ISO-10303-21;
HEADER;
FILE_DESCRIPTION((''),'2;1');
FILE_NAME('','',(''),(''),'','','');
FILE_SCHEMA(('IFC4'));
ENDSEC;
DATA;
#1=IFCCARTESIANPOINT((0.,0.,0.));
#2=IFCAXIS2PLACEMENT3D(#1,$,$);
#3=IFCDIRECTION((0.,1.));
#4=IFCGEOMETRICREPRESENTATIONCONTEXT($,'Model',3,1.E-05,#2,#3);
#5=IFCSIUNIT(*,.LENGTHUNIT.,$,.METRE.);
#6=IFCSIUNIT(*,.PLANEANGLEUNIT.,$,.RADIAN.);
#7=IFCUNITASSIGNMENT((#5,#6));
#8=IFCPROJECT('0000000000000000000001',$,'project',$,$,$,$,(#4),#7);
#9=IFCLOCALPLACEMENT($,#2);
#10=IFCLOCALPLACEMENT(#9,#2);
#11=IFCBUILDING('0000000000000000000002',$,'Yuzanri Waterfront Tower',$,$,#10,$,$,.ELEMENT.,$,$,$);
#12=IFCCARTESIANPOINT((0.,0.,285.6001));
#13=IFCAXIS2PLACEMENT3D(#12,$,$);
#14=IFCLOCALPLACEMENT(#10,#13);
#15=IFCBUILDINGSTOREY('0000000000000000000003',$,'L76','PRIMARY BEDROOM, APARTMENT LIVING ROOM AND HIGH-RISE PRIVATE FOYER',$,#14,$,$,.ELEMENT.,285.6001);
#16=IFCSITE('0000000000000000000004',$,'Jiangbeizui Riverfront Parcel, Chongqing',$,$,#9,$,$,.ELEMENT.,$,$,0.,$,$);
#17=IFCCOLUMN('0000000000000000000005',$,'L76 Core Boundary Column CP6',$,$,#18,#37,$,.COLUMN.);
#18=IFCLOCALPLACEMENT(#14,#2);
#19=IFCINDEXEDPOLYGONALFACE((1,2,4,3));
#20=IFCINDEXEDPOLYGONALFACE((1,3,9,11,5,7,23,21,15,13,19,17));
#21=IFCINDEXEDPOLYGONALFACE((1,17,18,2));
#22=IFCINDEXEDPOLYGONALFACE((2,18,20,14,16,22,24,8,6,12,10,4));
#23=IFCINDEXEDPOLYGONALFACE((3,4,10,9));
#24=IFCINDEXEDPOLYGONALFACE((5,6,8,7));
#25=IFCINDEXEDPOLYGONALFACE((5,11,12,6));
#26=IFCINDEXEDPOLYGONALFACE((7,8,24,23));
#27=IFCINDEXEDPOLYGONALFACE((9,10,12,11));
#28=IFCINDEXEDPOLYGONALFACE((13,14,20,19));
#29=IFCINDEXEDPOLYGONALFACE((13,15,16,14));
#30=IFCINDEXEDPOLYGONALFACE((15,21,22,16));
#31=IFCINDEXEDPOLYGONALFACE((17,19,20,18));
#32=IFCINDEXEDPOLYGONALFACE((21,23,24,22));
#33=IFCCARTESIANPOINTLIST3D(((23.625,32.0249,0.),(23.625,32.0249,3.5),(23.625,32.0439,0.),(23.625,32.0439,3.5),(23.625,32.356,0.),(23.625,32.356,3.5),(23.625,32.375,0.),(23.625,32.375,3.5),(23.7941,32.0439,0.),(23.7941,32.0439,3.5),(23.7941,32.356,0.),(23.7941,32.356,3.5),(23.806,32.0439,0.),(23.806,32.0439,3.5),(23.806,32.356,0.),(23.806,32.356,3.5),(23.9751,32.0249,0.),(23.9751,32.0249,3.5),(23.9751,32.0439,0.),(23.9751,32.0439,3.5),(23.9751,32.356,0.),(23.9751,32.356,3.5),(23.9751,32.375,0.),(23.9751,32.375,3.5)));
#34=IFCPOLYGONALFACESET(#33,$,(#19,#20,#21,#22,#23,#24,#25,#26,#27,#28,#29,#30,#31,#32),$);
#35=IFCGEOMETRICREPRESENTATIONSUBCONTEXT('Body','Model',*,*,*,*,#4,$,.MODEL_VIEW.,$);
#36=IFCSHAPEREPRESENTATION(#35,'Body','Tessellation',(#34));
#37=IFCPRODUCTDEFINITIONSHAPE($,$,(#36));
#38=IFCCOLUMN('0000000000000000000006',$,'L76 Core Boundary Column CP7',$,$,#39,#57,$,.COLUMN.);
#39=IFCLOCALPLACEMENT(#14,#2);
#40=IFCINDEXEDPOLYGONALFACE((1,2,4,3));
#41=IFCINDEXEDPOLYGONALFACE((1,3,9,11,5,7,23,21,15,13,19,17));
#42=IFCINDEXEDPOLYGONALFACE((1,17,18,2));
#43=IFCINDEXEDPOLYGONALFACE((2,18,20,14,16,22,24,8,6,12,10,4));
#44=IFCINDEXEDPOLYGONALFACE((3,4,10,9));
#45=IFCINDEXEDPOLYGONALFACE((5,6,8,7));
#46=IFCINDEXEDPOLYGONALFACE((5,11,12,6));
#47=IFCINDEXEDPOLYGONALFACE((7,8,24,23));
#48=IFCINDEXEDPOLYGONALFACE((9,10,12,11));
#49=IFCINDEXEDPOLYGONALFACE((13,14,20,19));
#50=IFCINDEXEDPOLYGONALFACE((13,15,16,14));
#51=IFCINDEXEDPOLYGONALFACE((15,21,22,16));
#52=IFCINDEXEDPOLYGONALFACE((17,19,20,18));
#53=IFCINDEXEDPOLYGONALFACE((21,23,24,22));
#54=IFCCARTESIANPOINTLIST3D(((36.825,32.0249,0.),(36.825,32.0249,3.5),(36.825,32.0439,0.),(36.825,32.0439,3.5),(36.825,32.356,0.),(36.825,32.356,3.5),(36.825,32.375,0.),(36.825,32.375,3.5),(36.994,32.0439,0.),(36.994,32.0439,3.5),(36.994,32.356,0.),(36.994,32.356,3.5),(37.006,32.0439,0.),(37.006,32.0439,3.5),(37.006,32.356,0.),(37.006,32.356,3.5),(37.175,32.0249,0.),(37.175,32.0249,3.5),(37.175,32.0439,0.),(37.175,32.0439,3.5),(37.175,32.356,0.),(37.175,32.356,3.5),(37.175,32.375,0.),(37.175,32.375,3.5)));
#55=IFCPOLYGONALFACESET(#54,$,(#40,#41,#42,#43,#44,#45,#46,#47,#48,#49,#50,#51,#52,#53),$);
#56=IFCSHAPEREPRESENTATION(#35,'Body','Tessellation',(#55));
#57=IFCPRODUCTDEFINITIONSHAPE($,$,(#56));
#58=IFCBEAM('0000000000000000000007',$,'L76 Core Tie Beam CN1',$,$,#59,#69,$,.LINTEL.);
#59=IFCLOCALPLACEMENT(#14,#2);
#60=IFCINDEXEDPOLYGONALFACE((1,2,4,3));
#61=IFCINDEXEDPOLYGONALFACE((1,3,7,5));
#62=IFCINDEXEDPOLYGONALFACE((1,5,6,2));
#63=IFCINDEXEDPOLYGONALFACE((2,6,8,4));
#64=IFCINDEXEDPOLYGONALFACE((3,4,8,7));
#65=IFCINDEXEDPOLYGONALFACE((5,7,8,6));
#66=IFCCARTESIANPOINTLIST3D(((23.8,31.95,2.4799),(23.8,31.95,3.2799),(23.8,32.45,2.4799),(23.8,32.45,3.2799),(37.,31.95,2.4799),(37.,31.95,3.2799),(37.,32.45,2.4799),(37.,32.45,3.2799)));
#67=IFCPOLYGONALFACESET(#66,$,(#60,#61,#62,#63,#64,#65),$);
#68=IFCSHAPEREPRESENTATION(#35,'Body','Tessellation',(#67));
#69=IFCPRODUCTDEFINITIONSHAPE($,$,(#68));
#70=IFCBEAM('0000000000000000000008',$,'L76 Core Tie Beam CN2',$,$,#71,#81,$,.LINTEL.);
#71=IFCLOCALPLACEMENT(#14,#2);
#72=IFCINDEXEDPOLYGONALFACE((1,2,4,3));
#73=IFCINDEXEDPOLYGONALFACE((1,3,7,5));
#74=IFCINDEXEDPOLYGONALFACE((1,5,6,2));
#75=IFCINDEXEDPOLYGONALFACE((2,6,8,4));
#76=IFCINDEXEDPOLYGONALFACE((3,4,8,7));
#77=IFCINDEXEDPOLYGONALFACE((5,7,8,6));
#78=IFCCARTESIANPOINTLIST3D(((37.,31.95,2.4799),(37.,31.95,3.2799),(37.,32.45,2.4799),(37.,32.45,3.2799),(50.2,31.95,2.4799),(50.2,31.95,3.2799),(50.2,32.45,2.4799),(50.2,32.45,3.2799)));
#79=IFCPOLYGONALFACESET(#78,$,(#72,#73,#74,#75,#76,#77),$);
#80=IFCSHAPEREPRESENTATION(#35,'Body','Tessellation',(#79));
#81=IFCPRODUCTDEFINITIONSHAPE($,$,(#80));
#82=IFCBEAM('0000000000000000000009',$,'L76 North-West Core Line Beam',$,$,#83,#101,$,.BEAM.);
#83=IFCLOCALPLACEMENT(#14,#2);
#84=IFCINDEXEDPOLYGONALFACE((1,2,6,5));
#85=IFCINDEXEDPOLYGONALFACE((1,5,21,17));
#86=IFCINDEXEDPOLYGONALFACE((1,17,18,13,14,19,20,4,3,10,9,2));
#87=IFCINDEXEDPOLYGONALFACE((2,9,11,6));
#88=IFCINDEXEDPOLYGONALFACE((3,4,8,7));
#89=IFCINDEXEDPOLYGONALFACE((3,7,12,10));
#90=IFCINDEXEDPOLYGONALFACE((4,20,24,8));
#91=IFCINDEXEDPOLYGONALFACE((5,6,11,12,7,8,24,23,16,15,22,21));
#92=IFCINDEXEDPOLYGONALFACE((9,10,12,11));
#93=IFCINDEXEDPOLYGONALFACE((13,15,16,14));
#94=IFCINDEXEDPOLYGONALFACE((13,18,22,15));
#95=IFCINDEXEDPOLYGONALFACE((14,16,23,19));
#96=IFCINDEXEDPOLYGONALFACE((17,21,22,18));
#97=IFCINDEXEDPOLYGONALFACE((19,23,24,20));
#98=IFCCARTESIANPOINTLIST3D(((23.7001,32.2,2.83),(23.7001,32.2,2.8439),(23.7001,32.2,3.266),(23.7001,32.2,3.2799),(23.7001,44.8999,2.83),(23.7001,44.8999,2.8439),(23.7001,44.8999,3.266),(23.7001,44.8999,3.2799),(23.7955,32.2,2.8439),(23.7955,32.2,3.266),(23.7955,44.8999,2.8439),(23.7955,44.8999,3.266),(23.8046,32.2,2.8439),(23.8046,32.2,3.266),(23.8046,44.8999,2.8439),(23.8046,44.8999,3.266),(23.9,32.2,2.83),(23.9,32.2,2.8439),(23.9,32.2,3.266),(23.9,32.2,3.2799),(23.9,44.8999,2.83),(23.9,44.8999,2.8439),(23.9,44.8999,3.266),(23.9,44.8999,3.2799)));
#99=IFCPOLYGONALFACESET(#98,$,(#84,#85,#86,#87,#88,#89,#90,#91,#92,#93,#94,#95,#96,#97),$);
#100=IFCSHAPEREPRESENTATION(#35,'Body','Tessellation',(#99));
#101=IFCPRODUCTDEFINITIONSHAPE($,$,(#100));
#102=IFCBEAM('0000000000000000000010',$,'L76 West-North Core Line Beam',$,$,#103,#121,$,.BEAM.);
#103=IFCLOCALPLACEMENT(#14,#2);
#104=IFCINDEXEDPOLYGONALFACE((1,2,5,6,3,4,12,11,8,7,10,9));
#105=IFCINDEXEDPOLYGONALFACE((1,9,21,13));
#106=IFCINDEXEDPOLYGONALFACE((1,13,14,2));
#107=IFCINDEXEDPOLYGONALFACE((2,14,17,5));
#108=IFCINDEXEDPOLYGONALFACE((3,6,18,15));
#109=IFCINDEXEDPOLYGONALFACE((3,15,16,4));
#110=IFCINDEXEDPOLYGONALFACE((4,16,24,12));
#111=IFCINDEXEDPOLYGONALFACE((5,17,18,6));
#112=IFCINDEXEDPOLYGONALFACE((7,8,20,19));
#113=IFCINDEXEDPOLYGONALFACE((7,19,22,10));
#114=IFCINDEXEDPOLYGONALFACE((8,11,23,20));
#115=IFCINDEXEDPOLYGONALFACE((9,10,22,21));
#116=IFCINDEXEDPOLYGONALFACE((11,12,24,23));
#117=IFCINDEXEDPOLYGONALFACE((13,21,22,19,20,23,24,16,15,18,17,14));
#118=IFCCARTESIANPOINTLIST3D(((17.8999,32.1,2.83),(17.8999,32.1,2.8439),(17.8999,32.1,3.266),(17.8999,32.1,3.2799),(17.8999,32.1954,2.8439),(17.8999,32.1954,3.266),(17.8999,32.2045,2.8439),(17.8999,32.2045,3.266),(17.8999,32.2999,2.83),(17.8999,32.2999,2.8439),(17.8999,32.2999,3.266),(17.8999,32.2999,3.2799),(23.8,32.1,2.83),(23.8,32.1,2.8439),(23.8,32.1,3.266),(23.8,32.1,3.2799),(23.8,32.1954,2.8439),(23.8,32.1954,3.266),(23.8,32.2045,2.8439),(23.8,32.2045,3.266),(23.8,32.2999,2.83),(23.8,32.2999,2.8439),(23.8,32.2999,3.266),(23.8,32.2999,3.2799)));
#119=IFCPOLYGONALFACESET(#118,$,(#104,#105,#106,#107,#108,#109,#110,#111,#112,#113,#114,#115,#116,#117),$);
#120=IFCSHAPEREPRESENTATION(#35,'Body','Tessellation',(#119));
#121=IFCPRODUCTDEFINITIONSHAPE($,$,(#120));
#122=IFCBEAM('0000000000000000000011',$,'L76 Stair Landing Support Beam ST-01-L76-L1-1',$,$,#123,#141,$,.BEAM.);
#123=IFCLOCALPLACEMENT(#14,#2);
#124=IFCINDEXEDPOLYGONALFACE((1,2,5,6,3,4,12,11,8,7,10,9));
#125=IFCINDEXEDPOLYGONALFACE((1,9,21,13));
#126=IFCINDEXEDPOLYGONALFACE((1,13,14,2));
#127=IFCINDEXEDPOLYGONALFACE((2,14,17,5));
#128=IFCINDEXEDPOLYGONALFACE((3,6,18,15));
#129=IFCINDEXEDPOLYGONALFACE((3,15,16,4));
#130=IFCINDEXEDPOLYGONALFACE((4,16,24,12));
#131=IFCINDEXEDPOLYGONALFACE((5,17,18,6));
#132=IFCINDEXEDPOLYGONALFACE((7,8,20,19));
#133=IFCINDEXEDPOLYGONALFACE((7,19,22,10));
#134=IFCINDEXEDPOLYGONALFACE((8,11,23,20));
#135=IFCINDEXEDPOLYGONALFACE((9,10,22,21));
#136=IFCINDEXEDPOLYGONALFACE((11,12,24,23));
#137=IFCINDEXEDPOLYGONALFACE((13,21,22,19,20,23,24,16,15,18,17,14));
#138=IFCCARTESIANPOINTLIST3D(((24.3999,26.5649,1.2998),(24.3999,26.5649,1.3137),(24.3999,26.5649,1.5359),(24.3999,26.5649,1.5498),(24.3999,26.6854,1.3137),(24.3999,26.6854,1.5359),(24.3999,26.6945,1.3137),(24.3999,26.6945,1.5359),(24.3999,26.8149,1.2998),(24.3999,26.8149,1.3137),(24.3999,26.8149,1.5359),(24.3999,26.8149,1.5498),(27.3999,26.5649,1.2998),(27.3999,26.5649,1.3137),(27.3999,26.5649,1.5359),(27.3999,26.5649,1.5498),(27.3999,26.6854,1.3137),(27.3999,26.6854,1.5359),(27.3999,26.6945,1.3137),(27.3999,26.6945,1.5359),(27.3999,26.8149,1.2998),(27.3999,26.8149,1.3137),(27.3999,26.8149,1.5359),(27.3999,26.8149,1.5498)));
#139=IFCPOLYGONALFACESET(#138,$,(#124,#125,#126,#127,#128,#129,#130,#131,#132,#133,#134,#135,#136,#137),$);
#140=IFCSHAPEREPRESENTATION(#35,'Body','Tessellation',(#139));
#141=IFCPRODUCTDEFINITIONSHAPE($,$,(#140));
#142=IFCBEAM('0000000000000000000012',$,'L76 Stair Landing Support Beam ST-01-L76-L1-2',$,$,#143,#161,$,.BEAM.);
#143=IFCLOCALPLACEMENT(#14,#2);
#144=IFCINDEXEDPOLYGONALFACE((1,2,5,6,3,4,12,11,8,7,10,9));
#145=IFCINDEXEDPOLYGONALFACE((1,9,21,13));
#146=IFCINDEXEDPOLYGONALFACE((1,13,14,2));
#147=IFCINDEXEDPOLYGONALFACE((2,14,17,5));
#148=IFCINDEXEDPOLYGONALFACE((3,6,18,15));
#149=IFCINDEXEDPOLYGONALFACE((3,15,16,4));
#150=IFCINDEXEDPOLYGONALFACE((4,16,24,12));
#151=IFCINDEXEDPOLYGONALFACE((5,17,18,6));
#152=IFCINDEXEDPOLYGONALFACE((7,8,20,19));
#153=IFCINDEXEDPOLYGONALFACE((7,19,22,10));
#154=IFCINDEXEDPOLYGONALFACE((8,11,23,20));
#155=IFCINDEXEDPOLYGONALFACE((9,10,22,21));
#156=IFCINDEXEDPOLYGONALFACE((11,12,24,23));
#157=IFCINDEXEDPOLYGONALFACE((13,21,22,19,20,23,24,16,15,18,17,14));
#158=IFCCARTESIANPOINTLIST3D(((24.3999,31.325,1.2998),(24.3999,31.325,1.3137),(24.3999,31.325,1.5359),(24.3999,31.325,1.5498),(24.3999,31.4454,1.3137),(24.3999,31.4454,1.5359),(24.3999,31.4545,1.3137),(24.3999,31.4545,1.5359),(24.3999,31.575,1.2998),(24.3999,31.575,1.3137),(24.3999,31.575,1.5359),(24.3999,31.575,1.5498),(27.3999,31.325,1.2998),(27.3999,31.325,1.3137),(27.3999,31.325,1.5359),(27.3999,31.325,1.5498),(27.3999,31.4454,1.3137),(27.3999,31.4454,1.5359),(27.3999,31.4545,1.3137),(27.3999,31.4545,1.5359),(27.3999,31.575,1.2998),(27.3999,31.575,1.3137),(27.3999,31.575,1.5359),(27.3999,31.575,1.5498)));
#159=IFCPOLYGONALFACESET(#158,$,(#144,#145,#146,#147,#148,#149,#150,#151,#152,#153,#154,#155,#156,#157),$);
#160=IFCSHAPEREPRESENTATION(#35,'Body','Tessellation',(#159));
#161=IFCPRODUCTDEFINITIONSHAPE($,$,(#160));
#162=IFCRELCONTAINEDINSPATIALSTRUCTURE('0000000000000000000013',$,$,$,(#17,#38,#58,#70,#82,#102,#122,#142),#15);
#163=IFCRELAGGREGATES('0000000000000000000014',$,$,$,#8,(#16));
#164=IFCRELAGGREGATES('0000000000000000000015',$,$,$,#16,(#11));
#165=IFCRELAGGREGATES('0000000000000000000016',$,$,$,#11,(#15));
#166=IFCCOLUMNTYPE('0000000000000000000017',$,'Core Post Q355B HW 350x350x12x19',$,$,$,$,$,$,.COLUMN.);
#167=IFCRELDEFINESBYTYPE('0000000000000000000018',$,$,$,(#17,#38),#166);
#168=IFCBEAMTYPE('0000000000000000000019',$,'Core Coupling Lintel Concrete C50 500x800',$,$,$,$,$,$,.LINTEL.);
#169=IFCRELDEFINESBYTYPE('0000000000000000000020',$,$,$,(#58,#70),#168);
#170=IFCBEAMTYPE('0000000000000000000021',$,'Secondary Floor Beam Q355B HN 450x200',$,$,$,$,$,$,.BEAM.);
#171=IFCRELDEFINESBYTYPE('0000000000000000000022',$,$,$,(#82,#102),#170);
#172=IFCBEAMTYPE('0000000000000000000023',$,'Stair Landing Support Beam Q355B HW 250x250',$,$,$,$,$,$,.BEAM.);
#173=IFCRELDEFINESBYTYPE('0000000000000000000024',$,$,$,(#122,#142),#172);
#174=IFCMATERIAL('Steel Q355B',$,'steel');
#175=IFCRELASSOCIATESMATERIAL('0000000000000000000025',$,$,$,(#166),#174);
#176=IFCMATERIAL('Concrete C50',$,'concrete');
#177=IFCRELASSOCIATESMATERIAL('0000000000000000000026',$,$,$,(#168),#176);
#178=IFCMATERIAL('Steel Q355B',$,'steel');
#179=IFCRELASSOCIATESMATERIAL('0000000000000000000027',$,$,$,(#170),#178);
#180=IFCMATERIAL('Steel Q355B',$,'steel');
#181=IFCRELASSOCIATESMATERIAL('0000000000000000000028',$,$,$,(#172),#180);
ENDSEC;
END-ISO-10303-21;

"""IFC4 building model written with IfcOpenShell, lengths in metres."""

from ifc_helpers import new_model, si_unit, direction, frame, origin, origin_2d, place, context, subcontext, project, spatial, rectangle, i_section, extrude, source, transform, mapped, material, material_profile, profile_set, type_object, element, save


model = new_model("IFC4")

# Units and contexts
model_context = context("Model", 3, precision=1e-05, world=origin(), true_north=direction((0.0, 1.0)))
body_context = subcontext(model_context, "Body", "Model", "MODEL_VIEW")
ifc_project = project(units=[si_unit("LENGTHUNIT", "METRE"), si_unit("PLANEANGLEUNIT", "RADIAN")], contexts=[model_context])

# Site, building, storey
site_placement = place(None, origin())
site = spatial("IfcSite", under=ifc_project, at=site_placement, Name="Jiangbeizui Riverfront Parcel, Chongqing", CompositionType="ELEMENT", RefElevation=0.0)
building_placement = place(site_placement, origin())
building = spatial("IfcBuilding", under=site, at=building_placement, Name="Yuzanri Waterfront Tower", CompositionType="ELEMENT")
storey_placement = place(building_placement, frame((0.0, 0.0, 285.6001)))
storey = spatial("IfcBuildingStorey", under=building, at=storey_placement, Name="L76", Description="PRIMARY BEDROOM, APARTMENT LIVING ROOM AND HIGH-RISE PRIVATE FOYER", CompositionType="ELEMENT", Elevation=285.6001)

# Columns
ifc_material_1 = material(Name="Steel Q355B", Category="steel")
ifc_material_profile_1 = material_profile(ifc_material_1, i_section(OverallWidth=0.3501, OverallDepth=0.3501, WebThickness=0.012, FlangeThickness=0.019, at=origin_2d()), Name="HW 350x350x12x19")
ifc_profile_set_1 = profile_set([ifc_material_profile_1], Name="Steel Q355B")
column_type = type_object("IfcColumnType", Name="Core Post Q355B HW 350x350x12x19", PredefinedType="COLUMN", material=ifc_profile_set_1)
shared_shape_1 = source(origin(), body_context, "Body", "SweptSolid", [
    extrude(i_section(OverallWidth=0.3501, OverallDepth=0.3501, WebThickness=0.012, FlangeThickness=0.019, at=origin_2d()), origin(), (0.0, 0.0, 1.0), 3.5),
])
for number, where, z_axis, x_axis, name in (
    (1, (23.8, 32.2, 0.0), (0.0, 0.0, 1.0), (1.0, 0.0, 0.0), "L76 Core Boundary Column CP6"),
    (2, (37.0, 32.2, 0.0), (0.0, 0.0, 1.0), (1.0, 0.0, 0.0), "L76 Core Boundary Column CP7"),
):
    element("IfcColumn", number, at=place(storey_placement, frame(where, z_axis=z_axis, x_axis=x_axis)), inside=storey, type_object=column_type, Name=name, PredefinedType="COLUMN", context=body_context, shape_type="MappedRepresentation", body=[
        mapped(shared_shape_1, transform((0.0, 0.0, 0.0), scale=1.0)),
    ])

# Beams
ifc_material_2 = material(Name="Concrete C50", Category="concrete")
ifc_material_profile_2 = material_profile(ifc_material_2, rectangle(XDim=0.5, YDim=0.8, at=origin_2d()), Name="RC 500x800")
ifc_profile_set_2 = profile_set([ifc_material_profile_2], Name="Concrete C50")
beam_type_1 = type_object("IfcBeamType", Name="Core Coupling Lintel Concrete C50 500x800", PredefinedType="LINTEL", material=ifc_profile_set_2)
shared_shape_2 = source(origin(), body_context, "Body", "SweptSolid", [
    extrude(rectangle(XDim=0.5, YDim=0.8, at=origin_2d()), origin(), (0.0, 0.0, 1.0), 13.2),
])
for number, where, z_axis, x_axis, name in (
    (3, (23.8, 32.2, 2.8799), (1.0, 0.0, 0.0), (0.0, 1.0, 0.0), "L76 Core Tie Beam CN1"),
    (4, (37.0, 32.2, 2.8799), (1.0, 0.0, 0.0), (0.0, 1.0, 0.0), "L76 Core Tie Beam CN2"),
):
    element("IfcBeam", number, at=place(storey_placement, frame(where, z_axis=z_axis, x_axis=x_axis)), inside=storey, type_object=beam_type_1, Name=name, PredefinedType="LINTEL", context=body_context, shape_type="MappedRepresentation", body=[
        mapped(shared_shape_2, transform((0.0, 0.0, 0.0), scale=1.0)),
    ])
ifc_material_3 = material(Name="Steel Q355B", Category="steel")
ifc_material_profile_3 = material_profile(ifc_material_3, i_section(OverallWidth=0.2, OverallDepth=0.45, WebThickness=0.009, FlangeThickness=0.0139, at=origin_2d()), Name="HN 450x200x9x14")
ifc_profile_set_3 = profile_set([ifc_material_profile_3], Name="Steel Q355B")
beam_type_2 = type_object("IfcBeamType", Name="Secondary Floor Beam Q355B HN 450x200", PredefinedType="BEAM", material=ifc_profile_set_3)
shared_shape_3 = source(origin(), body_context, "Body", "SweptSolid", [
    extrude(i_section(OverallWidth=0.2, OverallDepth=0.45, WebThickness=0.009, FlangeThickness=0.0139, at=origin_2d()), origin(), (0.0, 0.0, 1.0), 12.7),
])
beam_1_placement = place(storey_placement, frame((23.8, 32.2, 3.0549), z_axis=(0.0, 1.0, 0.0), x_axis=(-1.0, 0.0, 0.0)))
element("IfcBeam", 5, at=beam_1_placement, inside=storey, type_object=beam_type_2, Name="L76 North-West Core Line Beam", PredefinedType="BEAM", context=body_context, shape_type="MappedRepresentation", body=[
    mapped(shared_shape_3, transform((0.0, 0.0, 0.0), scale=1.0)),
])
shared_shape_4 = source(origin(), body_context, "Body", "SweptSolid", [
    extrude(i_section(OverallWidth=0.2, OverallDepth=0.45, WebThickness=0.009, FlangeThickness=0.0139, at=origin_2d()), origin(), (0.0, 0.0, 1.0), 5.9001),
])
beam_2_placement = place(storey_placement, frame((23.8, 32.2, 3.0549), z_axis=(-1.0, 0.0, 0.0), x_axis=(0.0, -1.0, 0.0)))
element("IfcBeam", 6, at=beam_2_placement, inside=storey, type_object=beam_type_2, Name="L76 West-North Core Line Beam", PredefinedType="BEAM", context=body_context, shape_type="MappedRepresentation", body=[
    mapped(shared_shape_4, transform((0.0, 0.0, 0.0), scale=1.0)),
])
ifc_material_4 = material(Name="Steel Q355B", Category="steel")
ifc_material_profile_4 = material_profile(ifc_material_4, i_section(OverallWidth=0.25, OverallDepth=0.25, WebThickness=0.009, FlangeThickness=0.0139, at=origin_2d()), Name="HW 250x250x9x14")
ifc_profile_set_4 = profile_set([ifc_material_profile_4], Name="Steel Q355B")
beam_type_3 = type_object("IfcBeamType", Name="Stair Landing Support Beam Q355B HW 250x250", PredefinedType="BEAM", material=ifc_profile_set_4)
shared_shape_5 = source(origin(), body_context, "Body", "SweptSolid", [
    extrude(i_section(OverallWidth=0.25, OverallDepth=0.25, WebThickness=0.009, FlangeThickness=0.0139, at=origin_2d()), origin(), (0.0, 0.0, 1.0), 3.0),
])
for number, where, z_axis, x_axis, name in (
    (7, (24.3999, 26.6899, 1.4248), (1.0, 0.0, 0.0), (0.0, 1.0, 0.0), "L76 Stair Landing Support Beam ST-01-L76-L1-1"),
    (8, (24.3999, 31.45, 1.4248), (1.0, 0.0, 0.0), (0.0, 1.0, 0.0), "L76 Stair Landing Support Beam ST-01-L76-L1-2"),
):
    element("IfcBeam", number, at=place(storey_placement, frame(where, z_axis=z_axis, x_axis=x_axis)), inside=storey, type_object=beam_type_3, Name=name, PredefinedType="BEAM", context=body_context, shape_type="MappedRepresentation", body=[
        mapped(shared_shape_5, transform((0.0, 0.0, 0.0), scale=1.0)),
    ])

save(model, "model.ifc")
